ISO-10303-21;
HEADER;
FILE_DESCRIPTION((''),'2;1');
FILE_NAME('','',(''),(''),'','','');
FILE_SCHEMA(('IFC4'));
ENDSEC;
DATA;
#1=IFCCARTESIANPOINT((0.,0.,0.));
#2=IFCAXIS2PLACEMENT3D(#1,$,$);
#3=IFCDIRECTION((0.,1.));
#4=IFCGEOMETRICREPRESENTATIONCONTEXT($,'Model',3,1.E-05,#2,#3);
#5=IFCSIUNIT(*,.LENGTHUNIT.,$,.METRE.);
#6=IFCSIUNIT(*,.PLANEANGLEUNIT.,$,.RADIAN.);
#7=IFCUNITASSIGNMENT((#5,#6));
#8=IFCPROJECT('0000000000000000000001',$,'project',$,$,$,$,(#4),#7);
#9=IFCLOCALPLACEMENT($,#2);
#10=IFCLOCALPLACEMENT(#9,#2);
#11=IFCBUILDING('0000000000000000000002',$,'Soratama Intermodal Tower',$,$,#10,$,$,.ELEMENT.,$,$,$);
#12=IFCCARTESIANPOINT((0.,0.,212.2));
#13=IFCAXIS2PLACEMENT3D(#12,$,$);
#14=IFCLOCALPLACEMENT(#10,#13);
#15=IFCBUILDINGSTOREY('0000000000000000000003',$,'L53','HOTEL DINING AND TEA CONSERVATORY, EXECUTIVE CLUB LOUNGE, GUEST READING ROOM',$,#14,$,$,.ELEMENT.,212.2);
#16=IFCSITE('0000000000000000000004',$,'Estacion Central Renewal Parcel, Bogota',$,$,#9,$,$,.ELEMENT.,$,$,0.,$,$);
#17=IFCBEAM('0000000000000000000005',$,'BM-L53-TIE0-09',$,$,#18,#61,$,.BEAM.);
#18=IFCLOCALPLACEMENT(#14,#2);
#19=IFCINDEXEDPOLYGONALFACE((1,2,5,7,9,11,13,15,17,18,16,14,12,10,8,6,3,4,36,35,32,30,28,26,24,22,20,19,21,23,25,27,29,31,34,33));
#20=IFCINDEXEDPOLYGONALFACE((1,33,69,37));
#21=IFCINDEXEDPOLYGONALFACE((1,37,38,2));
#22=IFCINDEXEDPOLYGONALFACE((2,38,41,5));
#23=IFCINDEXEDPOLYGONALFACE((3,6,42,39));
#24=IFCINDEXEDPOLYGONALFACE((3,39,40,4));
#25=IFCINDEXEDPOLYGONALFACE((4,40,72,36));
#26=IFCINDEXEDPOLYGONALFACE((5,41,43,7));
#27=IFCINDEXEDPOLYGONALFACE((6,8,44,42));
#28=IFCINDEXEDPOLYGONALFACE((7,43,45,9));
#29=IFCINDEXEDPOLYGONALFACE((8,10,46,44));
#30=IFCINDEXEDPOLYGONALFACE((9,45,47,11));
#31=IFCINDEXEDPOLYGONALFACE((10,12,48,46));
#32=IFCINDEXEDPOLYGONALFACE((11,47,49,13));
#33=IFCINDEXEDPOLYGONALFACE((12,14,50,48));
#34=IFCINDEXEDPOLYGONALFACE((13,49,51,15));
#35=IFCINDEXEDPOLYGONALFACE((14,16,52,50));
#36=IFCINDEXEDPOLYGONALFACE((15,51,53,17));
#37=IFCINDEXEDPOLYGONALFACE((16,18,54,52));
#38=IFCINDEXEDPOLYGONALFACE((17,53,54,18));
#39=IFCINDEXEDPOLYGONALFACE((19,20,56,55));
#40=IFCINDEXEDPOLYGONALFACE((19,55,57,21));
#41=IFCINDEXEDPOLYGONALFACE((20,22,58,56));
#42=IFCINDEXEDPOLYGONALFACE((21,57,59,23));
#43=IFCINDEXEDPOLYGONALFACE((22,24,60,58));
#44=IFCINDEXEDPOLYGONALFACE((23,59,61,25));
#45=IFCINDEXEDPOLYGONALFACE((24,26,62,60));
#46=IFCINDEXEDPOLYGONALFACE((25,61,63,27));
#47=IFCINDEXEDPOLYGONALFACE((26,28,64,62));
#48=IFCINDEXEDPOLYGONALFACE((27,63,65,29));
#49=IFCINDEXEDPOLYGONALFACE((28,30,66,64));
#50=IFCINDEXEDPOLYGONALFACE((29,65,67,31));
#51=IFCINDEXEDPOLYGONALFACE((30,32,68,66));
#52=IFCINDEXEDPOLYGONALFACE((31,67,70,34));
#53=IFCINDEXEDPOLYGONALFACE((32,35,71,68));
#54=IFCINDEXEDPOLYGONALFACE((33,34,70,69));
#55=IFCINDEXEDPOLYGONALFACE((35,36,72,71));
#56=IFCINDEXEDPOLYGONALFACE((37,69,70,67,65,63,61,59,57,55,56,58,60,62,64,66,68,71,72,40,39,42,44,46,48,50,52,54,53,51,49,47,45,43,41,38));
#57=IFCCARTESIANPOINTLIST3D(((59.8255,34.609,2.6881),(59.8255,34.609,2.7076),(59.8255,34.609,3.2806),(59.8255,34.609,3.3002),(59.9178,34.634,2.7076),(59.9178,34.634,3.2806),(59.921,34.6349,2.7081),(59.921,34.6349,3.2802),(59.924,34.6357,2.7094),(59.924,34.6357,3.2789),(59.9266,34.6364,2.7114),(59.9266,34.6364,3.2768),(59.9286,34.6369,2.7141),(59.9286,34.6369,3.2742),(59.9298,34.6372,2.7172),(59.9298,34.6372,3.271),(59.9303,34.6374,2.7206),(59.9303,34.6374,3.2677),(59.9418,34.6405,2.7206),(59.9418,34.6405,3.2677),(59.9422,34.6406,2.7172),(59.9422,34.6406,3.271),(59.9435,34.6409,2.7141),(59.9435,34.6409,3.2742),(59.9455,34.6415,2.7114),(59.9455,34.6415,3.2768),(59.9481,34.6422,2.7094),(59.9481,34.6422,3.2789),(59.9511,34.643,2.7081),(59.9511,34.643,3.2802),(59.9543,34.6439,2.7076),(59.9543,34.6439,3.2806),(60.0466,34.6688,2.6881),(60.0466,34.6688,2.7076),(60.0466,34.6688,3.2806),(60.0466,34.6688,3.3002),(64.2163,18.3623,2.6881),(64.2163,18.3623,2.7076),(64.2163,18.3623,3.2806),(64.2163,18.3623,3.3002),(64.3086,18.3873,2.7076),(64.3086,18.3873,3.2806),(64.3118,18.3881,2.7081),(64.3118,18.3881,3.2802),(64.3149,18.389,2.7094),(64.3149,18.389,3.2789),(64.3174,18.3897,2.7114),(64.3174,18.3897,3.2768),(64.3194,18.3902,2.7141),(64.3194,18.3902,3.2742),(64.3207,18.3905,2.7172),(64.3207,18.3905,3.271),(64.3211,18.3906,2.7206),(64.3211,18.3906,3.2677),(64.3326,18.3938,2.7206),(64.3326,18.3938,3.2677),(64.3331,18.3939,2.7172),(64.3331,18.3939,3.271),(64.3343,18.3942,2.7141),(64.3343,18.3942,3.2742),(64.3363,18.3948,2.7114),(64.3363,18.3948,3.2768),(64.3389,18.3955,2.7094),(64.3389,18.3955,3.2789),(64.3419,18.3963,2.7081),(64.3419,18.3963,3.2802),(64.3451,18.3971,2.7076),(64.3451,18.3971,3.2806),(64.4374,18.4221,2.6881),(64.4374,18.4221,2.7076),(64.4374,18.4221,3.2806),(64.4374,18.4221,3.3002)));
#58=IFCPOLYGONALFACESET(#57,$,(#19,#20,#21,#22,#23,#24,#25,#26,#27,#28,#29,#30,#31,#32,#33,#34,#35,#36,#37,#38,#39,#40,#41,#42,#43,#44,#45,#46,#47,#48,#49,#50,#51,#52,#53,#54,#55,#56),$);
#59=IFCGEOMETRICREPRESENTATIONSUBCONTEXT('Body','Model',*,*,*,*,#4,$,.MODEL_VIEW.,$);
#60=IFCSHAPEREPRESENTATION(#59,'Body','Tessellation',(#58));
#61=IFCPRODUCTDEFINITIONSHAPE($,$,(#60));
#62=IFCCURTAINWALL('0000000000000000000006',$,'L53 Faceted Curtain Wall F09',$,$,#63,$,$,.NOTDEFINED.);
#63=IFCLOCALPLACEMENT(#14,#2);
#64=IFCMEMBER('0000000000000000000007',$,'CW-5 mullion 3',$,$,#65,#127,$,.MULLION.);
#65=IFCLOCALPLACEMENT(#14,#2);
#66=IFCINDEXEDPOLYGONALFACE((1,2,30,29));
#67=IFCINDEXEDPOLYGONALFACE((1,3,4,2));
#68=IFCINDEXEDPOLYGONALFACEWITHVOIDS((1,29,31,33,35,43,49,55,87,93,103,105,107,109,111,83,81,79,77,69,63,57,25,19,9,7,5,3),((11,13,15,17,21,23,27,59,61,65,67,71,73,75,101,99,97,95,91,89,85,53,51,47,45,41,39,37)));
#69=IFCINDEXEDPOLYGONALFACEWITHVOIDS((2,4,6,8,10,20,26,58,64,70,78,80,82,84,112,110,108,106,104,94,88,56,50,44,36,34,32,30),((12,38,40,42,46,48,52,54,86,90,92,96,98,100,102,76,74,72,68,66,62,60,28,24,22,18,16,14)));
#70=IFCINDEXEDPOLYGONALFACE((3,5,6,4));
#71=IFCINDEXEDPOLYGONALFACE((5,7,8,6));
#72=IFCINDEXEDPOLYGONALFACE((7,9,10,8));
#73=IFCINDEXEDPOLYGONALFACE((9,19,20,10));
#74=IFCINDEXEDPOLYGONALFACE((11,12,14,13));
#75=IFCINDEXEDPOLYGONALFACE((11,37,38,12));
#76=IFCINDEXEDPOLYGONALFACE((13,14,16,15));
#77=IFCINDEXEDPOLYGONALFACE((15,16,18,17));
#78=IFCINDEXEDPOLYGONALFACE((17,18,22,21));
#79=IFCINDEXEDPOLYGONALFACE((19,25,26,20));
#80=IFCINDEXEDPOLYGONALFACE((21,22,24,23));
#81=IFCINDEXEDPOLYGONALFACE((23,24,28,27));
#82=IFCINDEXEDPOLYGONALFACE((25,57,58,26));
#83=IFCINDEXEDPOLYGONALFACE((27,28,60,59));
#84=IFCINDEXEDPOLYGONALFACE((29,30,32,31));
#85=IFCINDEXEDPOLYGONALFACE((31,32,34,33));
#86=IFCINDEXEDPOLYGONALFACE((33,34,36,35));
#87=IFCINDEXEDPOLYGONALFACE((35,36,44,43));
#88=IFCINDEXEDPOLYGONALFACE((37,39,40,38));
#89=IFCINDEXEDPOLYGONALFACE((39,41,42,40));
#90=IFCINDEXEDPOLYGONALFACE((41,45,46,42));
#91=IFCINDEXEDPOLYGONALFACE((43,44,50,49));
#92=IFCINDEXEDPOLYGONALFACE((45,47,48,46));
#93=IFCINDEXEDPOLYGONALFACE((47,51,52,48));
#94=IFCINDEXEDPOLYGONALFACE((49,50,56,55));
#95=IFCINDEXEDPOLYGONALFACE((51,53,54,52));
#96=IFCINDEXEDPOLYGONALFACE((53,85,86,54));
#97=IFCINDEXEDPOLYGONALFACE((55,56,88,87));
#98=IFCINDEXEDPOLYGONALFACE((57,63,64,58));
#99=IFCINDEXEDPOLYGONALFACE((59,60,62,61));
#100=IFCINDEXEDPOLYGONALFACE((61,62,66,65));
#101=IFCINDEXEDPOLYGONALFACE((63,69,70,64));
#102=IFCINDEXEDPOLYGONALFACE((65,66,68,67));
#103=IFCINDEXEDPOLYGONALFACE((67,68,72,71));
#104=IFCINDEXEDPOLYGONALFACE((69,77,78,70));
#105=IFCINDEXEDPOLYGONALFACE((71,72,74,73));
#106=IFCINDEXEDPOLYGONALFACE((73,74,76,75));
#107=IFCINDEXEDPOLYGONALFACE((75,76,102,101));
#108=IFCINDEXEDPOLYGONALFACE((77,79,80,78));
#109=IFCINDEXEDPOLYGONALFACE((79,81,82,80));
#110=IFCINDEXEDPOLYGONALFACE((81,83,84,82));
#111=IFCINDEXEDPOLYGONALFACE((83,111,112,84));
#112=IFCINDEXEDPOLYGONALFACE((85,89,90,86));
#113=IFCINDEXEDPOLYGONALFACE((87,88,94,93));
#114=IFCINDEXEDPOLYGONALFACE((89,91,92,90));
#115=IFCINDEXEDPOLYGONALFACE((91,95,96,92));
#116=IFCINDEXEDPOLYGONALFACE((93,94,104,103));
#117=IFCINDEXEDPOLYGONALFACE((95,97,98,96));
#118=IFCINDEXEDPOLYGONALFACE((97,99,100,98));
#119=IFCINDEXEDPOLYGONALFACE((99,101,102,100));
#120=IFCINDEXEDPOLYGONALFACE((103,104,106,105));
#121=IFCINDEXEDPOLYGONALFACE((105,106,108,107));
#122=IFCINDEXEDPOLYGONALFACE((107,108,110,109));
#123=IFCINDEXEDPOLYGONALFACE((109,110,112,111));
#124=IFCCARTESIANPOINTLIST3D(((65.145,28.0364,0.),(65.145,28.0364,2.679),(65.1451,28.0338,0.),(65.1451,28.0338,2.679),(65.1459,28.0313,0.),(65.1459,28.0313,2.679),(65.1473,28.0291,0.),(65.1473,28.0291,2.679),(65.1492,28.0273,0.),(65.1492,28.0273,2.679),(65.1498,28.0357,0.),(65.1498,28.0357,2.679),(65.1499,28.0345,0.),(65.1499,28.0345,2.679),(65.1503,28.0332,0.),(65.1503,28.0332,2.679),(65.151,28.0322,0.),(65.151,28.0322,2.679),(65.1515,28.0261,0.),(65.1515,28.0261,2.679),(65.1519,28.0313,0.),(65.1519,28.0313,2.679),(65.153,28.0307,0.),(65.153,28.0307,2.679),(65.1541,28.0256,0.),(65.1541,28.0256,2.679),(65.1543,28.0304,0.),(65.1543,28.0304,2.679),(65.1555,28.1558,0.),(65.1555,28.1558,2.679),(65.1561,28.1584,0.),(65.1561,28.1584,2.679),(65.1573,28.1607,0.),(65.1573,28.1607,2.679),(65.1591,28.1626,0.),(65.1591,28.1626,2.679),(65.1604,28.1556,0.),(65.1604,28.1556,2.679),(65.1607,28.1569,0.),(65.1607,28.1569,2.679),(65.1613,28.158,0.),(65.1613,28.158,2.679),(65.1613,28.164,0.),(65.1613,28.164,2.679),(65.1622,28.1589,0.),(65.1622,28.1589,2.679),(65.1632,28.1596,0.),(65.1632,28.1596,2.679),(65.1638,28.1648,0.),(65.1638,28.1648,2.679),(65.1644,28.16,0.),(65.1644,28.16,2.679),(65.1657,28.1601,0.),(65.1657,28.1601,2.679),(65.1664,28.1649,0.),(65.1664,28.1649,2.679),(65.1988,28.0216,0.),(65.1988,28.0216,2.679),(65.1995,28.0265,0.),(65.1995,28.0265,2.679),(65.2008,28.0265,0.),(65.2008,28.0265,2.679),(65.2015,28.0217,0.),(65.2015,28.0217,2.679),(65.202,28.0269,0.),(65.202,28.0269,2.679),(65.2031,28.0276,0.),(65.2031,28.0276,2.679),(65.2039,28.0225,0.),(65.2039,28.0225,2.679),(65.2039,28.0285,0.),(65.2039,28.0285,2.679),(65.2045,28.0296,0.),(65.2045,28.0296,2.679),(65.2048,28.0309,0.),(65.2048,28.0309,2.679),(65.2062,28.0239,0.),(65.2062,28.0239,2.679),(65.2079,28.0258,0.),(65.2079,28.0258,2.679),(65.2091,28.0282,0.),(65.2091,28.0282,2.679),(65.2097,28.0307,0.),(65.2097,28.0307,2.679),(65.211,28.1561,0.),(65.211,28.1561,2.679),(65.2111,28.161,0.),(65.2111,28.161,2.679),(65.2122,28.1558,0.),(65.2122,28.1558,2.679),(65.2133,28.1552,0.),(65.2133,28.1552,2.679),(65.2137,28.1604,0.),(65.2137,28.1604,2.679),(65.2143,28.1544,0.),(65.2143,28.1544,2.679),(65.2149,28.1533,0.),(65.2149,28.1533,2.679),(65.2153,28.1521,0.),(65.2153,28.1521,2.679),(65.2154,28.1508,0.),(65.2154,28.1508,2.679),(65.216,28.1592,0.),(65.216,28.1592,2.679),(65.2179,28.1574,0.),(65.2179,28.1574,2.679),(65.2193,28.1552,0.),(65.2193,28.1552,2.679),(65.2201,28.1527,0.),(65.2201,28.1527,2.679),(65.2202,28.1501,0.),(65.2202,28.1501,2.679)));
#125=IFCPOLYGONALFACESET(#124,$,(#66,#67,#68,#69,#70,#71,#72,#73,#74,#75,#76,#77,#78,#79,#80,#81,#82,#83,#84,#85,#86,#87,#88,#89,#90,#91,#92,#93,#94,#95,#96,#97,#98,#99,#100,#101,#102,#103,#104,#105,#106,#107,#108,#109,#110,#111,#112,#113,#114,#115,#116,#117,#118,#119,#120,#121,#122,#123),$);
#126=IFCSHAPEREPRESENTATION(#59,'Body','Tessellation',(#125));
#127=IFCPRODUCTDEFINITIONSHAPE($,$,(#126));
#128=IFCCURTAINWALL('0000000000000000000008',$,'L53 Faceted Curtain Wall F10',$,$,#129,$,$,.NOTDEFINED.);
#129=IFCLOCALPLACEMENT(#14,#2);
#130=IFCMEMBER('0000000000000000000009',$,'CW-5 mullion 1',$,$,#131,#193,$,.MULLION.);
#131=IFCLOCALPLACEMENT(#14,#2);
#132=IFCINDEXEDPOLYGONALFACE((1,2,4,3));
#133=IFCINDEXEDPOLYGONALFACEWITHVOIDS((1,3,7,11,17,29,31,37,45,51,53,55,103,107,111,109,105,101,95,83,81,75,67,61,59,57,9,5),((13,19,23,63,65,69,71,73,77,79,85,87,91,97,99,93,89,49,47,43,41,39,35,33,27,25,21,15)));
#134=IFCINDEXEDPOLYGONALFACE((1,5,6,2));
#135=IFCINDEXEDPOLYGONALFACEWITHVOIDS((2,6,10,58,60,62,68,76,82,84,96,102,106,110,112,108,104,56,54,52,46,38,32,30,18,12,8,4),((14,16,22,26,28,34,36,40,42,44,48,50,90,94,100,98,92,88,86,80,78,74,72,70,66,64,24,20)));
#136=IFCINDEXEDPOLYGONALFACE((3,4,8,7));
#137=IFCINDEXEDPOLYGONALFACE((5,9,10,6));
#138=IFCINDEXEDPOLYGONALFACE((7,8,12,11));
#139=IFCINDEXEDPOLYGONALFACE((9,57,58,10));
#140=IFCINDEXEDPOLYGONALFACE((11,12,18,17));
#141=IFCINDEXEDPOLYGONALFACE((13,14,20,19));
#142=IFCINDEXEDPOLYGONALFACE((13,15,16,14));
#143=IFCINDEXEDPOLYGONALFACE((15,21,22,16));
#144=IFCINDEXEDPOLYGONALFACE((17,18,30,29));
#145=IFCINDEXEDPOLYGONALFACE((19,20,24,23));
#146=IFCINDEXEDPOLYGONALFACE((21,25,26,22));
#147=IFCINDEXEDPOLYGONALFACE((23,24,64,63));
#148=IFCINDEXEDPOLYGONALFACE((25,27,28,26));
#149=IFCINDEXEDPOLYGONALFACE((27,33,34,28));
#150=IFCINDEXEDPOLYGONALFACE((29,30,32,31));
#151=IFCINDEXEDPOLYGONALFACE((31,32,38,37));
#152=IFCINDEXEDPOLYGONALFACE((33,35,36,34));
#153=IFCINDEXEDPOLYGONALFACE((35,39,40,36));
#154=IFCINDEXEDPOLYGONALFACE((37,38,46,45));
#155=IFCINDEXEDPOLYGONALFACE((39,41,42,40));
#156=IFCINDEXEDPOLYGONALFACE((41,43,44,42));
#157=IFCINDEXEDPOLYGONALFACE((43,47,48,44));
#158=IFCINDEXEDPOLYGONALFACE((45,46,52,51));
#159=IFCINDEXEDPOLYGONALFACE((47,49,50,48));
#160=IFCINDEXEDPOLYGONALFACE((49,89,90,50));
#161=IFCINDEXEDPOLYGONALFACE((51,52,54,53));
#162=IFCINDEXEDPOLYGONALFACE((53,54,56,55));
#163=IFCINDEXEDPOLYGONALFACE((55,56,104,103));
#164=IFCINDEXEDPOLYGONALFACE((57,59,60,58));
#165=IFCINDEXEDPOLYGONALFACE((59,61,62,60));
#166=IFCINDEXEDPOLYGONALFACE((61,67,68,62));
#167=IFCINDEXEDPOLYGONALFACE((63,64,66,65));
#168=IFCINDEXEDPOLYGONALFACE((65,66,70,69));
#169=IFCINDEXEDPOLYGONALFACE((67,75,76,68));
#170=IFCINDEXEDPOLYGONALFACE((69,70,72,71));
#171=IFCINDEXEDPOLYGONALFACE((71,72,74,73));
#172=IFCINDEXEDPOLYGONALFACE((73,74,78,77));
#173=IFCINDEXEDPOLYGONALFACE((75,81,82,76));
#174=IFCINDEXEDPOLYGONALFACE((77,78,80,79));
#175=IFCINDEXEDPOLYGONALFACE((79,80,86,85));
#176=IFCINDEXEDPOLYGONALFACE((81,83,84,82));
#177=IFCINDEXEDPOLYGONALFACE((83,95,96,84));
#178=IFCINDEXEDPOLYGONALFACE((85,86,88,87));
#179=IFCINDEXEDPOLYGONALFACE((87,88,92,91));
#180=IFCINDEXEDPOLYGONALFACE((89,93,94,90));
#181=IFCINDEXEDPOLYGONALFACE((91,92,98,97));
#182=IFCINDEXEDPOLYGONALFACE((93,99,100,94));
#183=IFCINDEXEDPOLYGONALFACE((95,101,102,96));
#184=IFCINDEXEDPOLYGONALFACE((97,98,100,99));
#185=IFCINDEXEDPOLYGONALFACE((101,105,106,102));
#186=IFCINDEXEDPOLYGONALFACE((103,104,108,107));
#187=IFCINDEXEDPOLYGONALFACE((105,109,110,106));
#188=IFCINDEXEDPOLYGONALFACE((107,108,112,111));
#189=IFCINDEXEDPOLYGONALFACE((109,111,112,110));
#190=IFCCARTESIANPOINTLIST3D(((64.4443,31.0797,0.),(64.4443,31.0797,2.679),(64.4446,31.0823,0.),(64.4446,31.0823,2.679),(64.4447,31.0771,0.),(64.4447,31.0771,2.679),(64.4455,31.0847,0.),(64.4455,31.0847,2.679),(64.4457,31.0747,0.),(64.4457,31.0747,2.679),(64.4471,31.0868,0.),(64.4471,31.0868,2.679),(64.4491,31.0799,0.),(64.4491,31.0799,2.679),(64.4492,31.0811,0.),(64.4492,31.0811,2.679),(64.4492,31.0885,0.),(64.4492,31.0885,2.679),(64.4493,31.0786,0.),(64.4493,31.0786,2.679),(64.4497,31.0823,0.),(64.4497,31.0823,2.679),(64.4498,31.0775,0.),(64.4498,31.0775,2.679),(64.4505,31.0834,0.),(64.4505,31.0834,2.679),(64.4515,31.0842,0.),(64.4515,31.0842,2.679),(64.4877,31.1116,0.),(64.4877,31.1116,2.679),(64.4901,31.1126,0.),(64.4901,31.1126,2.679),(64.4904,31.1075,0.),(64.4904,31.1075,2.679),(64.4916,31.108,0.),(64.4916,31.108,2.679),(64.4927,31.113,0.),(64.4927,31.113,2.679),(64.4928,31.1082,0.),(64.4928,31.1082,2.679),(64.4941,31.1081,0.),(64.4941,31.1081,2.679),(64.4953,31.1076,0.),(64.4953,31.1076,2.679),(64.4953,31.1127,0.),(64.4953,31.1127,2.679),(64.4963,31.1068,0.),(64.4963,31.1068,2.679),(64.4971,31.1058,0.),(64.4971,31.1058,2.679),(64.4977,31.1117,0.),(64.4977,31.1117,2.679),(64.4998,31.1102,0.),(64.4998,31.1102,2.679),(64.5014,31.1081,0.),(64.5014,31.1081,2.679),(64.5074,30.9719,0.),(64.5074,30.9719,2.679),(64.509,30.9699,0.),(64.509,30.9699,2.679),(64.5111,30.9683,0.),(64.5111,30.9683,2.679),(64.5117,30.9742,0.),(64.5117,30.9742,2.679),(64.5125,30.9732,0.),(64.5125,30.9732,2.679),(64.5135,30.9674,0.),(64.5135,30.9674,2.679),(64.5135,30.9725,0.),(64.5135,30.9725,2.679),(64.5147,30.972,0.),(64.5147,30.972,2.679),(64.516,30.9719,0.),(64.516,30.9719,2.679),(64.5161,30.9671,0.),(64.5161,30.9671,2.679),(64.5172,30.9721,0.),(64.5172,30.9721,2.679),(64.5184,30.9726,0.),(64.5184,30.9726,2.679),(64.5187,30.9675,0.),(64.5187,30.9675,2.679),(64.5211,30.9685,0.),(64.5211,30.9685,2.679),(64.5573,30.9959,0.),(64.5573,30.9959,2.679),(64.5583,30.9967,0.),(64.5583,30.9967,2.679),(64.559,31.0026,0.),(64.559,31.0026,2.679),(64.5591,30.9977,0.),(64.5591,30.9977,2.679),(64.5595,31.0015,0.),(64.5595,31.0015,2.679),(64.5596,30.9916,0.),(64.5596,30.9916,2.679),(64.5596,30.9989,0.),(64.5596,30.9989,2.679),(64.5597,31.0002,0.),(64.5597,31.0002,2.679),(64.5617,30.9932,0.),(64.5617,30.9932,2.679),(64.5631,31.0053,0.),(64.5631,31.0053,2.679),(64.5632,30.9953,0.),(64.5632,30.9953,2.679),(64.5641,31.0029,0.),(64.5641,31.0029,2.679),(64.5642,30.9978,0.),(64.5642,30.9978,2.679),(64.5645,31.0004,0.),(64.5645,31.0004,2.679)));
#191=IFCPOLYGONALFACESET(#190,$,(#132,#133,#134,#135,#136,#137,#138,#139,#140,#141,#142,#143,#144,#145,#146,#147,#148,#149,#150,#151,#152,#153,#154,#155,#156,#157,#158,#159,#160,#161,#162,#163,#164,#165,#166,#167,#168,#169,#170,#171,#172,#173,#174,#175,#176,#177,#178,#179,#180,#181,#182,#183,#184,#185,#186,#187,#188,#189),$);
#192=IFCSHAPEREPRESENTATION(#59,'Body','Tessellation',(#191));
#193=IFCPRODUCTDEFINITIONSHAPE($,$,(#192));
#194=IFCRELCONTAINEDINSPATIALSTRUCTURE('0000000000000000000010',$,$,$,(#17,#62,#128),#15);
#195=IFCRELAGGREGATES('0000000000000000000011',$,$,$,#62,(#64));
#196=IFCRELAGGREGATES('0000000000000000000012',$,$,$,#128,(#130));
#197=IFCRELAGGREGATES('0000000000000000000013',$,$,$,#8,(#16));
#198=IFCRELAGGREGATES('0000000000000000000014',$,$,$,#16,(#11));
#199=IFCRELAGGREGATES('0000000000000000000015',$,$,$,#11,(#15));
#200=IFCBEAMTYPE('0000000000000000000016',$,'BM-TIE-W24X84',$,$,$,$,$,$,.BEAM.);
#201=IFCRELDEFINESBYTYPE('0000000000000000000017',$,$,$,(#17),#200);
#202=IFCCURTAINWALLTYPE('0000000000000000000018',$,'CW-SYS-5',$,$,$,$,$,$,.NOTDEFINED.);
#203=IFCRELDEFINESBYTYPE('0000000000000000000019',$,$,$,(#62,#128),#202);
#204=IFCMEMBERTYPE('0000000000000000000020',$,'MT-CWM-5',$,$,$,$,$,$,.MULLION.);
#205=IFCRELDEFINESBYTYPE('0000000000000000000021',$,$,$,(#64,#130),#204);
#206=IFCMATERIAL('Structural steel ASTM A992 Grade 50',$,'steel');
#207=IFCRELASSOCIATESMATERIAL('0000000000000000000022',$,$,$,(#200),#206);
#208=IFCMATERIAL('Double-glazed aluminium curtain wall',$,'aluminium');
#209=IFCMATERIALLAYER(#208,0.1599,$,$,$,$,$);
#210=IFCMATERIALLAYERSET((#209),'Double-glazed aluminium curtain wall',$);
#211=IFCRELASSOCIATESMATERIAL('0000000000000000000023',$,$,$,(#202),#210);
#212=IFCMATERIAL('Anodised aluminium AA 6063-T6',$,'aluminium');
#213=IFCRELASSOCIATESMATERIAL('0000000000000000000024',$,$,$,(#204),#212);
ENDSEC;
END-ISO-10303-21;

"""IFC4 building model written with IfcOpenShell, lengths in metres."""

from ifc_helpers import new_model, si_unit, direction, frame, origin, origin_2d, place, context, subcontext, project, spatial, hollow_rectangle, i_section, extrude, material, layer, layer_set, material_profile, profile_set, type_object, element, aggregate, save


model = new_model("IFC4")

# Units and contexts
model_context = context("Model", 3, precision=1e-05, world=origin(), true_north=direction((0.0, 1.0)))
body_context = subcontext(model_context, "Body", "Model", "MODEL_VIEW")
ifc_project = project(units=[si_unit("LENGTHUNIT", "METRE"), si_unit("PLANEANGLEUNIT", "RADIAN")], contexts=[model_context])

# Site, building, storey
site_placement = place(None, origin())
site = spatial("IfcSite", under=ifc_project, at=site_placement, Name="Estacion Central Renewal Parcel, Bogota", CompositionType="ELEMENT", RefElevation=0.0)
building_placement = place(site_placement, origin())
building = spatial("IfcBuilding", under=site, at=building_placement, Name="Soratama Intermodal Tower", CompositionType="ELEMENT")
storey_placement = place(building_placement, frame((0.0, 0.0, 212.2)))
storey = spatial("IfcBuildingStorey", under=building, at=storey_placement, Name="L53", Description="HOTEL DINING AND TEA CONSERVATORY, EXECUTIVE CLUB LOUNGE, GUEST READING ROOM", CompositionType="ELEMENT", Elevation=212.2)

# Beam
ifc_material_1 = material(Name="Structural steel ASTM A992 Grade 50", Category="steel")
ifc_material_profile_1 = material_profile(ifc_material_1, i_section(OverallWidth=0.229, OverallDepth=0.6121, WebThickness=0.012, FlangeThickness=0.0195, FilletRadius=0.0129, at=origin_2d()), Name="W24X84")
ifc_profile_set_1 = profile_set([ifc_material_profile_1], Name="Structural steel ASTM A992 Grade 50")
beam_type_1 = type_object("IfcBeamType", Name="BM-TIE-W24X84", PredefinedType="BEAM", material=ifc_profile_set_1)
beam_1_placement = place(storey_placement, frame((59.936, 34.6389, 2.9941), z_axis=(0.2609, -0.965366, 0.0), x_axis=(0.965366, 0.2609, 0.0)))
element("IfcBeam", 1, at=beam_1_placement, inside=storey, type_object=beam_type_1, Name="BM-L53-TIE0-09", PredefinedType="BEAM", context=body_context, shape_type="SweptSolid", body=[
    extrude(i_section(OverallWidth=0.229, OverallDepth=0.6121, WebThickness=0.012, FlangeThickness=0.0195, FilletRadius=0.0129, at=origin_2d()), origin(), (0.0, 0.0, 1.0), 16.8296),
])

# Curtain wall, member
ifc_material_2 = material(Name="Double-glazed aluminium curtain wall", Category="aluminium")
ifc_layer_1 = layer(ifc_material_2, 0.1599)
ifc_layer_set_1 = layer_set([ifc_layer_1], Name="Double-glazed aluminium curtain wall")
curtain_wall_type = type_object("IfcCurtainWallType", Name="CW-SYS-5", PredefinedType="NOTDEFINED", material=ifc_layer_set_1)
curtain_wall_1_placement = place(storey_placement, origin())
curtain_wall_1 = element("IfcCurtainWall", 2, at=curtain_wall_1_placement, inside=storey, type_object=curtain_wall_type, Name="L53 Faceted Curtain Wall F09", PredefinedType="NOTDEFINED")
ifc_material_3 = material(Name="Anodised aluminium AA 6063-T6", Category="aluminium")
ifc_material_profile_2 = material_profile(ifc_material_3, hollow_rectangle(XDim=0.0649, YDim=0.1399, WallThickness=0.0049, InnerFilletRadius=0.0049, OuterFilletRadius=0.01, at=origin_2d()), Name="CWM140X65X5")
ifc_profile_set_2 = profile_set([ifc_material_profile_2], Name="Anodised aluminium AA 6063-T6")
member_type_1 = type_object("IfcMemberType", Name="MT-CWM-5", PredefinedType="MULLION", material=ifc_profile_set_2)
member_1_placement = place(storey_placement, frame((65.1826, 28.0933, 0.0), z_axis=(0.0, 0.0, 1.0), x_axis=(-0.996134, 0.08785, 0.0)))
member_1 = element("IfcMember", 3, at=member_1_placement, type_object=member_type_1, Name="CW-5 mullion 3", PredefinedType="MULLION", context=body_context, shape_type="SweptSolid", body=[
    extrude(hollow_rectangle(XDim=0.0649, YDim=0.1399, WallThickness=0.0049, InnerFilletRadius=0.0049, OuterFilletRadius=0.01, at=origin_2d()), origin(), (0.0, 0.0, 1.0), 2.679),
])

# Curtain wall, member
curtain_wall_2_placement = place(storey_placement, origin())
curtain_wall_2 = element("IfcCurtainWall", 4, at=curtain_wall_2_placement, inside=storey, type_object=curtain_wall_type, Name="L53 Faceted Curtain Wall F10", PredefinedType="NOTDEFINED")
member_2_placement = place(storey_placement, frame((64.5044, 31.04, 0.0), z_axis=(0.0, 0.0, 1.0), x_axis=(-0.857527, -0.514439, 0.0)))
member_2 = element("IfcMember", 5, at=member_2_placement, type_object=member_type_1, Name="CW-5 mullion 1", PredefinedType="MULLION", context=body_context, shape_type="SweptSolid", body=[
    extrude(hollow_rectangle(XDim=0.0649, YDim=0.1399, WallThickness=0.0049, InnerFilletRadius=0.0049, OuterFilletRadius=0.01, at=origin_2d()), origin(), (0.0, 0.0, 1.0), 2.679),
])

aggregate(curtain_wall_1, [member_1])
aggregate(curtain_wall_2, [member_2])

save(model, "model.ifc")
